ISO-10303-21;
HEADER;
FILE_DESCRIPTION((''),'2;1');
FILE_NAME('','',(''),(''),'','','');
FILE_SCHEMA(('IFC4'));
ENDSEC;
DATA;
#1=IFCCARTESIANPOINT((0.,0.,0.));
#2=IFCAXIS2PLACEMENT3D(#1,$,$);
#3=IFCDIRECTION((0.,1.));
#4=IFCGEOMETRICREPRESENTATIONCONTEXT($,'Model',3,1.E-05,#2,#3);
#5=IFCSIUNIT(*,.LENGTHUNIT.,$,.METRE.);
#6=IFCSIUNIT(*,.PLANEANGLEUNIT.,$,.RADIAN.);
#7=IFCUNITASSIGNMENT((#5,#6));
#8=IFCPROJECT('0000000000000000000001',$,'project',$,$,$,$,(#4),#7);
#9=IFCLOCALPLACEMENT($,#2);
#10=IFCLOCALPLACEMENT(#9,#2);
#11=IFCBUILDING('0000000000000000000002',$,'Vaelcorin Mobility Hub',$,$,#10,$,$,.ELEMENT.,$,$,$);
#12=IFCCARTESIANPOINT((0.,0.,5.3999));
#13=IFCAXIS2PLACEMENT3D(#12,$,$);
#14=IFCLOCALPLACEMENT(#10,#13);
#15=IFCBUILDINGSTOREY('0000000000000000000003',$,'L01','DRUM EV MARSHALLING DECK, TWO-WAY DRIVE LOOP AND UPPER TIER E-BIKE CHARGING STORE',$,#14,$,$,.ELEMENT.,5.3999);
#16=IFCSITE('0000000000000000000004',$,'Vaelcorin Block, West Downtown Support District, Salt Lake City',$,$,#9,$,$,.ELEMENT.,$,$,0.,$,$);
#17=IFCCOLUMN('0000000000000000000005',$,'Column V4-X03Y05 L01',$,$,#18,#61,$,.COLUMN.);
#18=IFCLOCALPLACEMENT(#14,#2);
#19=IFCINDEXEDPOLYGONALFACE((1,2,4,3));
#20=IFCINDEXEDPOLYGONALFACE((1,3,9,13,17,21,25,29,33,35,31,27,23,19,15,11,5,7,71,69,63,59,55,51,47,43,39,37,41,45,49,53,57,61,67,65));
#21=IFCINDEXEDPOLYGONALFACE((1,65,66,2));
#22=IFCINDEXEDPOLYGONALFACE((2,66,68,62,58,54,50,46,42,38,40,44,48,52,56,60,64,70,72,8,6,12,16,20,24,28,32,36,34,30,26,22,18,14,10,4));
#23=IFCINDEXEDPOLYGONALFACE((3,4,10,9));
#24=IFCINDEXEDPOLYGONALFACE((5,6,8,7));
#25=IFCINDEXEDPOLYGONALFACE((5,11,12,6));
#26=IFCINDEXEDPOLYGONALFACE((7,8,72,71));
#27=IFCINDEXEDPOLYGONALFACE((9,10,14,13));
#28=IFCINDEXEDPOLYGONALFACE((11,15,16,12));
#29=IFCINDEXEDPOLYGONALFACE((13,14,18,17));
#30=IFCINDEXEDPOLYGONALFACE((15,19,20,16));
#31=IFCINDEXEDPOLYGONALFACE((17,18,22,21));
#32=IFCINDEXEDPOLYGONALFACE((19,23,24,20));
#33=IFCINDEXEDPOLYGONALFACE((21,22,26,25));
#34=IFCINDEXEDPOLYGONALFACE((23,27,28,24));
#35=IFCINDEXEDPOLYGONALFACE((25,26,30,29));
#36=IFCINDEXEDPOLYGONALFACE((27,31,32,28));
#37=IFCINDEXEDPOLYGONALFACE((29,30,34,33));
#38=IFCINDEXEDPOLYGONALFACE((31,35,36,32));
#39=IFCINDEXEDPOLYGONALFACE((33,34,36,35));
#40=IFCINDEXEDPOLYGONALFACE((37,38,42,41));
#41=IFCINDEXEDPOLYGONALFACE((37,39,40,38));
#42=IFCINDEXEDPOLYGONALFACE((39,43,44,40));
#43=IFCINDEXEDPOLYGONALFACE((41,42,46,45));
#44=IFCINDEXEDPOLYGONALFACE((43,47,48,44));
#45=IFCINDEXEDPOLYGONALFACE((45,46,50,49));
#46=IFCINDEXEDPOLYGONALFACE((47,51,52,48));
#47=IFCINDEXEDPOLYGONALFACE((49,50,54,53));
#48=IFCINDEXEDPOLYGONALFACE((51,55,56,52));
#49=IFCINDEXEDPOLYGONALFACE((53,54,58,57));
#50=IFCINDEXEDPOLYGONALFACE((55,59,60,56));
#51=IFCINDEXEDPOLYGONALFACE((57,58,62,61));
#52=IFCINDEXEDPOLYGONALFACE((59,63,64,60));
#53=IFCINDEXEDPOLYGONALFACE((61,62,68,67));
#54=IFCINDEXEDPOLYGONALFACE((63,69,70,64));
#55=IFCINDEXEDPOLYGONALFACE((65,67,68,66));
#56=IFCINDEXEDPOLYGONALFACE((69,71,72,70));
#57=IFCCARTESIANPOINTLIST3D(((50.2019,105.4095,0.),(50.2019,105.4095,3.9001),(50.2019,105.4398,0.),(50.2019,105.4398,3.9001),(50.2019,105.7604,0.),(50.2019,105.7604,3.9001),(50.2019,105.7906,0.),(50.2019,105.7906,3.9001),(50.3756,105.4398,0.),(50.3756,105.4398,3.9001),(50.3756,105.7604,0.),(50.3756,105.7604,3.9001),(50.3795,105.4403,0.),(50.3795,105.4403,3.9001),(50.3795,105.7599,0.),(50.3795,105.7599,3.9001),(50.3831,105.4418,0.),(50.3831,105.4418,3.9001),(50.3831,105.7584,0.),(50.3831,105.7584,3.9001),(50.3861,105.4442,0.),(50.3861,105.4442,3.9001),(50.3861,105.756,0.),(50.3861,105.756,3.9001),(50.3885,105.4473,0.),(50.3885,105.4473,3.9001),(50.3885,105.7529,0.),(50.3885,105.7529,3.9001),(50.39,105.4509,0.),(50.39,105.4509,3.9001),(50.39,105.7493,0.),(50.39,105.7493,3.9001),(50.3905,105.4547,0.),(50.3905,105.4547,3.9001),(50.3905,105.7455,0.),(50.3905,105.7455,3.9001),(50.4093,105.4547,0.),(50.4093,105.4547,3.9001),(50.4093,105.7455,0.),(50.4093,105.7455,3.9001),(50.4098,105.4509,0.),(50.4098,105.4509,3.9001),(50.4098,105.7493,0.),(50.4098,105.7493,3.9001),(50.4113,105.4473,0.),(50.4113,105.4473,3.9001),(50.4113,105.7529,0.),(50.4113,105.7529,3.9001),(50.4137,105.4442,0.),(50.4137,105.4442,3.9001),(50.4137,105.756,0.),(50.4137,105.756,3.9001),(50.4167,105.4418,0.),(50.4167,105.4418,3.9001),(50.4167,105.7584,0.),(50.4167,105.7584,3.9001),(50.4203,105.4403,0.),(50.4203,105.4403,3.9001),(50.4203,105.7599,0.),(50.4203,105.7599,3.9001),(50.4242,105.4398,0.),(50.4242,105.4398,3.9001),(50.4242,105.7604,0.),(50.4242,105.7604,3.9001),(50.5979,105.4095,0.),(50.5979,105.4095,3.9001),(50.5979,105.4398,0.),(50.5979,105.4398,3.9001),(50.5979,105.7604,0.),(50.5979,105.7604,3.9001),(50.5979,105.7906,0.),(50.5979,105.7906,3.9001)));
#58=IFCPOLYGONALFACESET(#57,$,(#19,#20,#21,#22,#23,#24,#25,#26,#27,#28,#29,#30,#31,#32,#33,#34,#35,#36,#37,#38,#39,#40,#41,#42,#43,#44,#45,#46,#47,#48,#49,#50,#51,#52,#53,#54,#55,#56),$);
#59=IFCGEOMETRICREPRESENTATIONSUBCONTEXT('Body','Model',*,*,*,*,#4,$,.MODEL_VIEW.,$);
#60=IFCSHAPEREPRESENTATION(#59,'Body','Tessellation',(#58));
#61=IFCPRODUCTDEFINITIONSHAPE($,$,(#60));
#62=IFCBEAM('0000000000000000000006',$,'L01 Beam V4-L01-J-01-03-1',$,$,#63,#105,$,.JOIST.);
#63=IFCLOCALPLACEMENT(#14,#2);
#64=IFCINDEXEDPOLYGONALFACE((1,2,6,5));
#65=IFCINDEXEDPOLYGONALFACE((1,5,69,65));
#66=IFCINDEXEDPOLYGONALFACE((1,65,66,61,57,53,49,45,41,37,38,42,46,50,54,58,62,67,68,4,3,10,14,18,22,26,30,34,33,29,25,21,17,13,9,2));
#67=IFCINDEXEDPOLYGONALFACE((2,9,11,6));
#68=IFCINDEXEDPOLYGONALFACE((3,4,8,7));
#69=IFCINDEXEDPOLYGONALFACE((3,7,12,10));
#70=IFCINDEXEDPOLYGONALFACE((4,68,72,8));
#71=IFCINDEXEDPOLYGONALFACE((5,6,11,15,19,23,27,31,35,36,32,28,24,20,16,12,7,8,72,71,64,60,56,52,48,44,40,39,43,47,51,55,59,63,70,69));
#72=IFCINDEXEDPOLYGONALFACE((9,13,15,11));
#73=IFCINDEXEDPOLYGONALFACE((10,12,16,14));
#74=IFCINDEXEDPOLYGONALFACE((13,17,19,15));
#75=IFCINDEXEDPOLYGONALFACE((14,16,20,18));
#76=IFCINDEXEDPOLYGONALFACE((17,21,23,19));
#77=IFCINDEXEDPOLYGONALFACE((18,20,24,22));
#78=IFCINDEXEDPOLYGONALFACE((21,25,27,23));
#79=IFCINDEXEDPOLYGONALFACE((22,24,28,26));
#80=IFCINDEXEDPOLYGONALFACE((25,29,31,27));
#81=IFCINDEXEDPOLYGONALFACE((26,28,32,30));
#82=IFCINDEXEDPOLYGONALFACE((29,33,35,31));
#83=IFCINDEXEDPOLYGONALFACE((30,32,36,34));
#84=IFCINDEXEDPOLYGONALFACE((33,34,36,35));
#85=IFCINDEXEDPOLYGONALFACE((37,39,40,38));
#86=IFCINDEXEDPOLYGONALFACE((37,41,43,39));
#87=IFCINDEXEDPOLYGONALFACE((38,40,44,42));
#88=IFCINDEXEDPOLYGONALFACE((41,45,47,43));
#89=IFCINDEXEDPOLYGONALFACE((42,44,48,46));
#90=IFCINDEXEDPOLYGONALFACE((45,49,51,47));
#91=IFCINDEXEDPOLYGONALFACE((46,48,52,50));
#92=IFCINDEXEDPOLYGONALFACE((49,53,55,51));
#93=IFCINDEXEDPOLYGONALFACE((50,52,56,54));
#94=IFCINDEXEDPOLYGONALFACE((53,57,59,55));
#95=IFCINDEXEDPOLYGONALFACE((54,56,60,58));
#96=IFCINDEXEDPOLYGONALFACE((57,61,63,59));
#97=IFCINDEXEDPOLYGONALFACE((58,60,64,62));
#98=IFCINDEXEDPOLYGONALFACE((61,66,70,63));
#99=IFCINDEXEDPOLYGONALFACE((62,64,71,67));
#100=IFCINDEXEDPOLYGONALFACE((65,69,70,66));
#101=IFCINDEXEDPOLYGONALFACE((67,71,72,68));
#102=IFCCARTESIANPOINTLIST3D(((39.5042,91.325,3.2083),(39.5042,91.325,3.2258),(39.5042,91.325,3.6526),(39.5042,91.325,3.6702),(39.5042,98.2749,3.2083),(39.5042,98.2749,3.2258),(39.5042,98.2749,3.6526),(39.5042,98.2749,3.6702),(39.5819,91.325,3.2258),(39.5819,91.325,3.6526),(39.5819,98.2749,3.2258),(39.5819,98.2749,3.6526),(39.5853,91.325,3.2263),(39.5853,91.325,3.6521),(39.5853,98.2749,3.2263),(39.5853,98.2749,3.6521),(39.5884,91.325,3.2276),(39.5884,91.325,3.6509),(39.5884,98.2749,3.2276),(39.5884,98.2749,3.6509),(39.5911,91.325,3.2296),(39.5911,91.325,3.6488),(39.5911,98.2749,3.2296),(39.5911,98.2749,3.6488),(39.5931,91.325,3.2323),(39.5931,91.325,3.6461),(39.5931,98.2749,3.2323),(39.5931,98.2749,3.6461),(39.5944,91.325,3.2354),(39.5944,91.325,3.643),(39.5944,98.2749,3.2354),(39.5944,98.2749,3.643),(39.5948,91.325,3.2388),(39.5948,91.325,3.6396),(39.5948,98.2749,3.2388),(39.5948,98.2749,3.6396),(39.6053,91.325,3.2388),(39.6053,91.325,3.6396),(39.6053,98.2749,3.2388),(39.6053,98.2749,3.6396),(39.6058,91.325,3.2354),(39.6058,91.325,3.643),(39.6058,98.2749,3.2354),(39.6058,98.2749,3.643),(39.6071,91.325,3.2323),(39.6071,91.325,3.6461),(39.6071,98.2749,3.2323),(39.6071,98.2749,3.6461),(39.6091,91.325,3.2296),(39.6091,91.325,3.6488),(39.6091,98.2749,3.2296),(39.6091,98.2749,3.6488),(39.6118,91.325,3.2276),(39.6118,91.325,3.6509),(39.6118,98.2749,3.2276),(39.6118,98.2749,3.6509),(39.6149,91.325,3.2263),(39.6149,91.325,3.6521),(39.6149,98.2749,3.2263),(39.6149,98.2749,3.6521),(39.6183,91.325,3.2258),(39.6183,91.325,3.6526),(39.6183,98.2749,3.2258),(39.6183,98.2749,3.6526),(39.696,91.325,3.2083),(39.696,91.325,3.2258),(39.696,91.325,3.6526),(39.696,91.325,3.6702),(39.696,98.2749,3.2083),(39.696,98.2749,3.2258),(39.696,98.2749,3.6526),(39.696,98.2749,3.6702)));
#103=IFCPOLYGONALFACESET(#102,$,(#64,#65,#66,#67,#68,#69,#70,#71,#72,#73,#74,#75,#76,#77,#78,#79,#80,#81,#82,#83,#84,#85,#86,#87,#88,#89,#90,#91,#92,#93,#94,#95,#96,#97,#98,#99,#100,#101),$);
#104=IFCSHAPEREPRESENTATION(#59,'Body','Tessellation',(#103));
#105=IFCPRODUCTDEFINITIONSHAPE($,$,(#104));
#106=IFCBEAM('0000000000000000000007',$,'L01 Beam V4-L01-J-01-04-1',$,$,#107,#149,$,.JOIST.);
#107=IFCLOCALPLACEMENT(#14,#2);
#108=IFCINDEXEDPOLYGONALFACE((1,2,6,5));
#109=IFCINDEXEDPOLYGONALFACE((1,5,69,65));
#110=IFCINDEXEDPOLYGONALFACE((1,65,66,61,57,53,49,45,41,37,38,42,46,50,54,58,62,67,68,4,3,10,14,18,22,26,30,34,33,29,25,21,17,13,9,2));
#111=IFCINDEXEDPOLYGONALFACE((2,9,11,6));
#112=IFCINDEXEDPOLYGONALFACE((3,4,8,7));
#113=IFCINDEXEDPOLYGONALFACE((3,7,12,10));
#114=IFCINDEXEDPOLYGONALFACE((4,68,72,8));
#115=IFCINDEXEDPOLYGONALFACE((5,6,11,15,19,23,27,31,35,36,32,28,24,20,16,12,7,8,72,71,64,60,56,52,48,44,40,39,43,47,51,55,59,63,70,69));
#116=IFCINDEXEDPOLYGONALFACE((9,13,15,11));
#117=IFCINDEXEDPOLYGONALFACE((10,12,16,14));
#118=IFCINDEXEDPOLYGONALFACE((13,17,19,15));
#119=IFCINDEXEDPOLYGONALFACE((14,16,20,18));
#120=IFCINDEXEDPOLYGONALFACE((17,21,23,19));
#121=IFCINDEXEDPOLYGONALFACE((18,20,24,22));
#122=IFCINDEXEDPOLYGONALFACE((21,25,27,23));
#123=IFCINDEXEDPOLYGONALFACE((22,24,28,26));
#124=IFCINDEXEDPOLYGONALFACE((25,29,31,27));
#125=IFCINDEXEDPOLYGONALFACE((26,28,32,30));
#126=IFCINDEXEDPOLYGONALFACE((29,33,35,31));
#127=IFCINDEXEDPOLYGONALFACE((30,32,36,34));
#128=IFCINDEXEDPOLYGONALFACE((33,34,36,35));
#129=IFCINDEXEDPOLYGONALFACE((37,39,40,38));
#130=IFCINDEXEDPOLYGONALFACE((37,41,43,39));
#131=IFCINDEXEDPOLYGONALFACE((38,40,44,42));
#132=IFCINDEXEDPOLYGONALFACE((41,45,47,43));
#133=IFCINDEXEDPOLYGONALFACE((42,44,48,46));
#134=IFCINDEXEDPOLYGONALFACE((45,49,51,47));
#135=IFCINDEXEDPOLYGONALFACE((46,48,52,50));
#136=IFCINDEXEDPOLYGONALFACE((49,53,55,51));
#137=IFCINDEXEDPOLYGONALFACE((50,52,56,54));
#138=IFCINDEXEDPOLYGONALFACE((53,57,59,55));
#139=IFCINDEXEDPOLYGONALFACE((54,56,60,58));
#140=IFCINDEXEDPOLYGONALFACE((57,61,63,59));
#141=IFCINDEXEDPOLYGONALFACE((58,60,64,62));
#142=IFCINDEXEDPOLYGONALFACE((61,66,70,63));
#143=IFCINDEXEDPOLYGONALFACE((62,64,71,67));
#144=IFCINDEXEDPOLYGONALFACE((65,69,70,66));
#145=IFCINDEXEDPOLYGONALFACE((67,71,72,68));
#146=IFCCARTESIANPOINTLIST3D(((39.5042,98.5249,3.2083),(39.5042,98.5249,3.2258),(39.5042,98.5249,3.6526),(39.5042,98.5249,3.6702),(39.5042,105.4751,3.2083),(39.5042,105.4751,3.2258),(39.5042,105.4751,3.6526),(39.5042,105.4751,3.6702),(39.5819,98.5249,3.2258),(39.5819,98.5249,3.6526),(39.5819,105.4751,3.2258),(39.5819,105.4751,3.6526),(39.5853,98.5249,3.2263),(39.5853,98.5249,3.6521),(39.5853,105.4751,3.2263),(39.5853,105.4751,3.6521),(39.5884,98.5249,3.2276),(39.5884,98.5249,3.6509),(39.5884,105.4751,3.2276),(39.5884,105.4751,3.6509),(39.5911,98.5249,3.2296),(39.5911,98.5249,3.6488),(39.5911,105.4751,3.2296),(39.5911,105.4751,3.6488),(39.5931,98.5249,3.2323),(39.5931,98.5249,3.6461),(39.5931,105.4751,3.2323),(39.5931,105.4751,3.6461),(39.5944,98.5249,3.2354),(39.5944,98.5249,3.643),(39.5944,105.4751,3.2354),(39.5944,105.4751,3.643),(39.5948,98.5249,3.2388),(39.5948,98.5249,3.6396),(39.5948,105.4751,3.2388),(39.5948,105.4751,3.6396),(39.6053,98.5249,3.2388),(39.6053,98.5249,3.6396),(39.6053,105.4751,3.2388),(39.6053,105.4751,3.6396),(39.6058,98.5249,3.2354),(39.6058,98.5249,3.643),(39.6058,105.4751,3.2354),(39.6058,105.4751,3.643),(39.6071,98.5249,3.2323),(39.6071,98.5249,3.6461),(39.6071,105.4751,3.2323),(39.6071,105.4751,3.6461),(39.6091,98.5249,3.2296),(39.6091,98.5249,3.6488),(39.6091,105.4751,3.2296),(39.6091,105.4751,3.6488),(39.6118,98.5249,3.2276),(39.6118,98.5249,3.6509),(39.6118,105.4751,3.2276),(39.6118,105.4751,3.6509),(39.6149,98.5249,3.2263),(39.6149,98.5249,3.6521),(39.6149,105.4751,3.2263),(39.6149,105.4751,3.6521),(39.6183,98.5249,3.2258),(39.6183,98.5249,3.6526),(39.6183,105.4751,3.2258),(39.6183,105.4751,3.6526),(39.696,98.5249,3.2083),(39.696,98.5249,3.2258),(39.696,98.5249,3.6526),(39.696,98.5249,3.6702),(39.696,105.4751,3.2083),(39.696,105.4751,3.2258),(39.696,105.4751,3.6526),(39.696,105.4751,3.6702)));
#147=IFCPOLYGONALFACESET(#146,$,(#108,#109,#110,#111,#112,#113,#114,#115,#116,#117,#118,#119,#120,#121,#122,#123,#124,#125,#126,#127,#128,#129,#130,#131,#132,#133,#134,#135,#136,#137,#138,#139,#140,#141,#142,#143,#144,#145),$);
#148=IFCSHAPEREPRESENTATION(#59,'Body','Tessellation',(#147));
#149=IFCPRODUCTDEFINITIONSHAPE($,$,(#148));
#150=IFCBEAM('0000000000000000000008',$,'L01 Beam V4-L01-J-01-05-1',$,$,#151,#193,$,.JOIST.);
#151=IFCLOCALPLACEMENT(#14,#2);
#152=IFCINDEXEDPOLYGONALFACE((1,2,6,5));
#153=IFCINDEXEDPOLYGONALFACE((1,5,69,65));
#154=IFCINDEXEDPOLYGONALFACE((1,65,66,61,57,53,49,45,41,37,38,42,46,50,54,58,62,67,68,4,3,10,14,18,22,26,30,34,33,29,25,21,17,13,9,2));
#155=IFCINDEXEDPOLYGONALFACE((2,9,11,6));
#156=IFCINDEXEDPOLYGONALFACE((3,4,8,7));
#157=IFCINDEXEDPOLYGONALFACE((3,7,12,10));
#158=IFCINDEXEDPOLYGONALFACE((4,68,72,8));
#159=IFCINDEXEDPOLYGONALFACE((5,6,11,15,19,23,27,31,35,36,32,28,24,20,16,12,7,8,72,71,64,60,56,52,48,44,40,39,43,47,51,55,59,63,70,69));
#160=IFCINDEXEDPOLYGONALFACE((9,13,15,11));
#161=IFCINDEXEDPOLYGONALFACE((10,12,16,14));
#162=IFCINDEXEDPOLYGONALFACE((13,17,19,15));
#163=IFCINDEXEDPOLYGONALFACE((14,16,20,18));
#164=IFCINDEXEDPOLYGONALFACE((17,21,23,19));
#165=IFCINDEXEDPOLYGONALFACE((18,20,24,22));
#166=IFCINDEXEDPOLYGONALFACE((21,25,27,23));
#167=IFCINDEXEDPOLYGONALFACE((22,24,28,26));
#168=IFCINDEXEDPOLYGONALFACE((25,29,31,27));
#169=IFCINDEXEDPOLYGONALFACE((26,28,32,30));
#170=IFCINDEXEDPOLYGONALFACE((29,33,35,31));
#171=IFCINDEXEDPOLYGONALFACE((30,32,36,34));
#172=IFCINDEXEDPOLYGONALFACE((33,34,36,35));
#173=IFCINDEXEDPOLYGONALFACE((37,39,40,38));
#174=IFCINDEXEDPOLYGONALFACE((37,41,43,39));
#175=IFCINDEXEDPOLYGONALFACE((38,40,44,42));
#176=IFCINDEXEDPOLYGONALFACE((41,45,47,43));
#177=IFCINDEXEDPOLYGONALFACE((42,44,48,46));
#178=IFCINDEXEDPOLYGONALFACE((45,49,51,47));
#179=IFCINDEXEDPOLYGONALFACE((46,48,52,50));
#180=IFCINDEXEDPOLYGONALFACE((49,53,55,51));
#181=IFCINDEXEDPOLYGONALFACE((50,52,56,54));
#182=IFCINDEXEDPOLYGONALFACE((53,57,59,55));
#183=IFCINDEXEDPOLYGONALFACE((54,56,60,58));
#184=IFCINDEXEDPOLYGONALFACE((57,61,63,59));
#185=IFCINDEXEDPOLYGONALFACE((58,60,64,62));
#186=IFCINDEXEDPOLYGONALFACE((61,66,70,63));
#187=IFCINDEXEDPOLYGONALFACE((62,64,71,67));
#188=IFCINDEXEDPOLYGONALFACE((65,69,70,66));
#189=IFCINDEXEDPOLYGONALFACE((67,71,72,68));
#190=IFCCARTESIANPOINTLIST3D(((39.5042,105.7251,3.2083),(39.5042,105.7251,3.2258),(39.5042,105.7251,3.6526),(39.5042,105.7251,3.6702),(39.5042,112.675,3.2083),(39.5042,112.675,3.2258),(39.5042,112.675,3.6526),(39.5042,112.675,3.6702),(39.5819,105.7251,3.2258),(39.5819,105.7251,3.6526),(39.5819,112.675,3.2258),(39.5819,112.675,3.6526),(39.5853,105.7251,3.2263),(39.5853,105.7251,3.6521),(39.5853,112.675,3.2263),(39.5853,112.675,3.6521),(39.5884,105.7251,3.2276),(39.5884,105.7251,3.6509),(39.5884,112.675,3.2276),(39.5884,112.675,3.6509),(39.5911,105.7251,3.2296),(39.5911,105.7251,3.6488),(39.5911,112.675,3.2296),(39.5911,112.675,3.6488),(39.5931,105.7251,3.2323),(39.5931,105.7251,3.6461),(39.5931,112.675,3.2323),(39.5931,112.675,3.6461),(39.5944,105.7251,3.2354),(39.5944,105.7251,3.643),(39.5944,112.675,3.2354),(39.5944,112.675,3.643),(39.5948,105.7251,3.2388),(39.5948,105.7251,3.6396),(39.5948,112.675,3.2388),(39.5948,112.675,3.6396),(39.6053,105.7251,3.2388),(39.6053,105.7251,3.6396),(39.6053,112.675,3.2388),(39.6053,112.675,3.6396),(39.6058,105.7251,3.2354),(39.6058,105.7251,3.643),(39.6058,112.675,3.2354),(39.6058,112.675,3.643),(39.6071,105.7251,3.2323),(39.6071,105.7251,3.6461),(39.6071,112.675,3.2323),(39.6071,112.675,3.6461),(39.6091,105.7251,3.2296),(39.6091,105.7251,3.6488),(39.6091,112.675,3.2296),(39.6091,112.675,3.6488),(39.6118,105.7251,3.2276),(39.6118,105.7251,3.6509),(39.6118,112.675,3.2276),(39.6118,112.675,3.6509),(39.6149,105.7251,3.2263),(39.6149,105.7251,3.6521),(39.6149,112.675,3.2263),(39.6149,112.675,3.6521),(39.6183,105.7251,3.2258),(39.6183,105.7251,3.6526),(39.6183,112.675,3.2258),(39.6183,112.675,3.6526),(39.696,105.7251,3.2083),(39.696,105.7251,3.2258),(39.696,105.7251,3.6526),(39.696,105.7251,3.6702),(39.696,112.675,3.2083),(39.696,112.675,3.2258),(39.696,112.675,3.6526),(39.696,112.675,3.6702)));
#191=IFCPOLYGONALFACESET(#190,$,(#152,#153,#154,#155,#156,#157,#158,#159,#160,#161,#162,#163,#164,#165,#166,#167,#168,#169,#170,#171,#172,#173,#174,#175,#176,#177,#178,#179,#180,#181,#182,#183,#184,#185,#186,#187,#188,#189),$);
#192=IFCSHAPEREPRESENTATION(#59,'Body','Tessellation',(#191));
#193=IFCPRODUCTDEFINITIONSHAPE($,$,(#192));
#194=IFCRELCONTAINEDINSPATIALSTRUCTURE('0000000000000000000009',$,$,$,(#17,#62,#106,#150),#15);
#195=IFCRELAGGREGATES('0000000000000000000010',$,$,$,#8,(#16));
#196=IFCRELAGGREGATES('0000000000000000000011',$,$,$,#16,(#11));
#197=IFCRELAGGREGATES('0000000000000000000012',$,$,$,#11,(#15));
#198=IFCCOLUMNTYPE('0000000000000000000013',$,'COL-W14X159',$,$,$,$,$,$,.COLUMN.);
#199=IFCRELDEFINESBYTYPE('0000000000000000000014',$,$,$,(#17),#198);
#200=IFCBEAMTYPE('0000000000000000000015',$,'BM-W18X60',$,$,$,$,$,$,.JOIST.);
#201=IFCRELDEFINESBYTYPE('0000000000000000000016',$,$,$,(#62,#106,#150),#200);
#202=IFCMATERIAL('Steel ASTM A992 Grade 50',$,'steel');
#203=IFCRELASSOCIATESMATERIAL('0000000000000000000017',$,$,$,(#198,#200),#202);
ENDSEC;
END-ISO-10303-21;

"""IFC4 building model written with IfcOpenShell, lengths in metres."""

from ifc_helpers import new_model, si_unit, direction, frame, origin, origin_2d, place, context, subcontext, project, spatial, i_section, extrude, material, material_profile, profile_set, type_object, element, save


model = new_model("IFC4")

# Units and contexts
model_context = context("Model", 3, precision=1e-05, world=origin(), true_north=direction((0.0, 1.0)))
body_context = subcontext(model_context, "Body", "Model", "MODEL_VIEW")
ifc_project = project(units=[si_unit("LENGTHUNIT", "METRE"), si_unit("PLANEANGLEUNIT", "RADIAN")], contexts=[model_context])

# Site, building, storey
site_placement = place(None, origin())
site = spatial("IfcSite", under=ifc_project, at=site_placement, Name="Vaelcorin Block, West Downtown Support District, Salt Lake City", CompositionType="ELEMENT", RefElevation=0.0)
building_placement = place(site_placement, origin())
building = spatial("IfcBuilding", under=site, at=building_placement, Name="Vaelcorin Mobility Hub", CompositionType="ELEMENT")
storey_placement = place(building_placement, frame((0.0, 0.0, 5.3999)))
storey = spatial("IfcBuildingStorey", under=building, at=storey_placement, Name="L01", Description="DRUM EV MARSHALLING DECK, TWO-WAY DRIVE LOOP AND UPPER TIER E-BIKE CHARGING STORE", CompositionType="ELEMENT", Elevation=5.3999)

# Column
ifc_material_1 = material(Name="Steel ASTM A992 Grade 50", Category="steel")
ifc_material_profile_1 = material_profile(ifc_material_1, i_section(OverallWidth=0.396, OverallDepth=0.3811, WebThickness=0.0188, FlangeThickness=0.0303, FilletRadius=0.0149, at=origin_2d()), Name="W14X159")
ifc_profile_set_1 = profile_set([ifc_material_profile_1], Name="Steel ASTM A992 Grade 50")
column_type = type_object("IfcColumnType", Name="COL-W14X159", PredefinedType="COLUMN", material=ifc_profile_set_1)
for number, where, z_axis, x_axis, name in (
    (1, (50.3999, 105.6001, 0.0), (0.0, 0.0, 1.0), (1.0, 0.0, 0.0), "Column V4-X03Y05 L01"),
):
    element("IfcColumn", number, at=place(storey_placement, frame(where, z_axis=z_axis, x_axis=x_axis)), inside=storey, type_object=column_type, Name=name, PredefinedType="COLUMN", context=body_context, shape_type="SweptSolid", body=[
        extrude(i_section(OverallWidth=0.396, OverallDepth=0.3811, WebThickness=0.0188, FlangeThickness=0.0303, FilletRadius=0.0149, at=origin_2d()), origin(), (0.0, 0.0, 1.0), 3.9001),
    ])

# Beams
ifc_material_profile_2 = material_profile(ifc_material_1, i_section(OverallWidth=0.1919, OverallDepth=0.4619, WebThickness=0.0105, FlangeThickness=0.0176, FilletRadius=0.0129, at=origin_2d()), Name="W18X60")
ifc_profile_set_2 = profile_set([ifc_material_profile_2], Name="Steel ASTM A992 Grade 50")
beam_type_1 = type_object("IfcBeamType", Name="BM-W18X60", PredefinedType="JOIST", material=ifc_profile_set_2)
beam_1_placement = place(storey_placement, frame((39.6001, 91.325, 3.4392), z_axis=(0.0, 1.0, 0.0), x_axis=(-1.0, 0.0, 0.0)))
element("IfcBeam", 2, at=beam_1_placement, inside=storey, type_object=beam_type_1, Name="L01 Beam V4-L01-J-01-03-1", PredefinedType="JOIST", context=body_context, shape_type="SweptSolid", body=[
    extrude(i_section(OverallWidth=0.1919, OverallDepth=0.4619, WebThickness=0.0105, FlangeThickness=0.0176, FilletRadius=0.0129, at=origin_2d()), origin(), (0.0, 0.0, 1.0), 6.95),
])
beam_2_placement = place(storey_placement, frame((39.6001, 98.5249, 3.4392), z_axis=(0.0, 1.0, 0.0), x_axis=(-1.0, 0.0, 0.0)))
element("IfcBeam", 3, at=beam_2_placement, inside=storey, type_object=beam_type_1, Name="L01 Beam V4-L01-J-01-04-1", PredefinedType="JOIST", context=body_context, shape_type="SweptSolid", body=[
    extrude(i_section(OverallWidth=0.1919, OverallDepth=0.4619, WebThickness=0.0105, FlangeThickness=0.0176, FilletRadius=0.0129, at=origin_2d()), origin(), (0.0, 0.0, 1.0), 6.9502),
])
for number, where, z_axis, x_axis, name in (
    (4, (39.6001, 105.7251, 3.4392), (0.0, 1.0, 0.0), (-1.0, 0.0, 0.0), "L01 Beam V4-L01-J-01-05-1"),
):
    element("IfcBeam", number, at=place(storey_placement, frame(where, z_axis=z_axis, x_axis=x_axis)), inside=storey, type_object=beam_type_1, Name=name, PredefinedType="JOIST", context=body_context, shape_type="SweptSolid", body=[
        extrude(i_section(OverallWidth=0.1919, OverallDepth=0.4619, WebThickness=0.0105, FlangeThickness=0.0176, FilletRadius=0.0129, at=origin_2d()), origin(), (0.0, 0.0, 1.0), 6.95),
    ])

save(model, "model.ifc")
